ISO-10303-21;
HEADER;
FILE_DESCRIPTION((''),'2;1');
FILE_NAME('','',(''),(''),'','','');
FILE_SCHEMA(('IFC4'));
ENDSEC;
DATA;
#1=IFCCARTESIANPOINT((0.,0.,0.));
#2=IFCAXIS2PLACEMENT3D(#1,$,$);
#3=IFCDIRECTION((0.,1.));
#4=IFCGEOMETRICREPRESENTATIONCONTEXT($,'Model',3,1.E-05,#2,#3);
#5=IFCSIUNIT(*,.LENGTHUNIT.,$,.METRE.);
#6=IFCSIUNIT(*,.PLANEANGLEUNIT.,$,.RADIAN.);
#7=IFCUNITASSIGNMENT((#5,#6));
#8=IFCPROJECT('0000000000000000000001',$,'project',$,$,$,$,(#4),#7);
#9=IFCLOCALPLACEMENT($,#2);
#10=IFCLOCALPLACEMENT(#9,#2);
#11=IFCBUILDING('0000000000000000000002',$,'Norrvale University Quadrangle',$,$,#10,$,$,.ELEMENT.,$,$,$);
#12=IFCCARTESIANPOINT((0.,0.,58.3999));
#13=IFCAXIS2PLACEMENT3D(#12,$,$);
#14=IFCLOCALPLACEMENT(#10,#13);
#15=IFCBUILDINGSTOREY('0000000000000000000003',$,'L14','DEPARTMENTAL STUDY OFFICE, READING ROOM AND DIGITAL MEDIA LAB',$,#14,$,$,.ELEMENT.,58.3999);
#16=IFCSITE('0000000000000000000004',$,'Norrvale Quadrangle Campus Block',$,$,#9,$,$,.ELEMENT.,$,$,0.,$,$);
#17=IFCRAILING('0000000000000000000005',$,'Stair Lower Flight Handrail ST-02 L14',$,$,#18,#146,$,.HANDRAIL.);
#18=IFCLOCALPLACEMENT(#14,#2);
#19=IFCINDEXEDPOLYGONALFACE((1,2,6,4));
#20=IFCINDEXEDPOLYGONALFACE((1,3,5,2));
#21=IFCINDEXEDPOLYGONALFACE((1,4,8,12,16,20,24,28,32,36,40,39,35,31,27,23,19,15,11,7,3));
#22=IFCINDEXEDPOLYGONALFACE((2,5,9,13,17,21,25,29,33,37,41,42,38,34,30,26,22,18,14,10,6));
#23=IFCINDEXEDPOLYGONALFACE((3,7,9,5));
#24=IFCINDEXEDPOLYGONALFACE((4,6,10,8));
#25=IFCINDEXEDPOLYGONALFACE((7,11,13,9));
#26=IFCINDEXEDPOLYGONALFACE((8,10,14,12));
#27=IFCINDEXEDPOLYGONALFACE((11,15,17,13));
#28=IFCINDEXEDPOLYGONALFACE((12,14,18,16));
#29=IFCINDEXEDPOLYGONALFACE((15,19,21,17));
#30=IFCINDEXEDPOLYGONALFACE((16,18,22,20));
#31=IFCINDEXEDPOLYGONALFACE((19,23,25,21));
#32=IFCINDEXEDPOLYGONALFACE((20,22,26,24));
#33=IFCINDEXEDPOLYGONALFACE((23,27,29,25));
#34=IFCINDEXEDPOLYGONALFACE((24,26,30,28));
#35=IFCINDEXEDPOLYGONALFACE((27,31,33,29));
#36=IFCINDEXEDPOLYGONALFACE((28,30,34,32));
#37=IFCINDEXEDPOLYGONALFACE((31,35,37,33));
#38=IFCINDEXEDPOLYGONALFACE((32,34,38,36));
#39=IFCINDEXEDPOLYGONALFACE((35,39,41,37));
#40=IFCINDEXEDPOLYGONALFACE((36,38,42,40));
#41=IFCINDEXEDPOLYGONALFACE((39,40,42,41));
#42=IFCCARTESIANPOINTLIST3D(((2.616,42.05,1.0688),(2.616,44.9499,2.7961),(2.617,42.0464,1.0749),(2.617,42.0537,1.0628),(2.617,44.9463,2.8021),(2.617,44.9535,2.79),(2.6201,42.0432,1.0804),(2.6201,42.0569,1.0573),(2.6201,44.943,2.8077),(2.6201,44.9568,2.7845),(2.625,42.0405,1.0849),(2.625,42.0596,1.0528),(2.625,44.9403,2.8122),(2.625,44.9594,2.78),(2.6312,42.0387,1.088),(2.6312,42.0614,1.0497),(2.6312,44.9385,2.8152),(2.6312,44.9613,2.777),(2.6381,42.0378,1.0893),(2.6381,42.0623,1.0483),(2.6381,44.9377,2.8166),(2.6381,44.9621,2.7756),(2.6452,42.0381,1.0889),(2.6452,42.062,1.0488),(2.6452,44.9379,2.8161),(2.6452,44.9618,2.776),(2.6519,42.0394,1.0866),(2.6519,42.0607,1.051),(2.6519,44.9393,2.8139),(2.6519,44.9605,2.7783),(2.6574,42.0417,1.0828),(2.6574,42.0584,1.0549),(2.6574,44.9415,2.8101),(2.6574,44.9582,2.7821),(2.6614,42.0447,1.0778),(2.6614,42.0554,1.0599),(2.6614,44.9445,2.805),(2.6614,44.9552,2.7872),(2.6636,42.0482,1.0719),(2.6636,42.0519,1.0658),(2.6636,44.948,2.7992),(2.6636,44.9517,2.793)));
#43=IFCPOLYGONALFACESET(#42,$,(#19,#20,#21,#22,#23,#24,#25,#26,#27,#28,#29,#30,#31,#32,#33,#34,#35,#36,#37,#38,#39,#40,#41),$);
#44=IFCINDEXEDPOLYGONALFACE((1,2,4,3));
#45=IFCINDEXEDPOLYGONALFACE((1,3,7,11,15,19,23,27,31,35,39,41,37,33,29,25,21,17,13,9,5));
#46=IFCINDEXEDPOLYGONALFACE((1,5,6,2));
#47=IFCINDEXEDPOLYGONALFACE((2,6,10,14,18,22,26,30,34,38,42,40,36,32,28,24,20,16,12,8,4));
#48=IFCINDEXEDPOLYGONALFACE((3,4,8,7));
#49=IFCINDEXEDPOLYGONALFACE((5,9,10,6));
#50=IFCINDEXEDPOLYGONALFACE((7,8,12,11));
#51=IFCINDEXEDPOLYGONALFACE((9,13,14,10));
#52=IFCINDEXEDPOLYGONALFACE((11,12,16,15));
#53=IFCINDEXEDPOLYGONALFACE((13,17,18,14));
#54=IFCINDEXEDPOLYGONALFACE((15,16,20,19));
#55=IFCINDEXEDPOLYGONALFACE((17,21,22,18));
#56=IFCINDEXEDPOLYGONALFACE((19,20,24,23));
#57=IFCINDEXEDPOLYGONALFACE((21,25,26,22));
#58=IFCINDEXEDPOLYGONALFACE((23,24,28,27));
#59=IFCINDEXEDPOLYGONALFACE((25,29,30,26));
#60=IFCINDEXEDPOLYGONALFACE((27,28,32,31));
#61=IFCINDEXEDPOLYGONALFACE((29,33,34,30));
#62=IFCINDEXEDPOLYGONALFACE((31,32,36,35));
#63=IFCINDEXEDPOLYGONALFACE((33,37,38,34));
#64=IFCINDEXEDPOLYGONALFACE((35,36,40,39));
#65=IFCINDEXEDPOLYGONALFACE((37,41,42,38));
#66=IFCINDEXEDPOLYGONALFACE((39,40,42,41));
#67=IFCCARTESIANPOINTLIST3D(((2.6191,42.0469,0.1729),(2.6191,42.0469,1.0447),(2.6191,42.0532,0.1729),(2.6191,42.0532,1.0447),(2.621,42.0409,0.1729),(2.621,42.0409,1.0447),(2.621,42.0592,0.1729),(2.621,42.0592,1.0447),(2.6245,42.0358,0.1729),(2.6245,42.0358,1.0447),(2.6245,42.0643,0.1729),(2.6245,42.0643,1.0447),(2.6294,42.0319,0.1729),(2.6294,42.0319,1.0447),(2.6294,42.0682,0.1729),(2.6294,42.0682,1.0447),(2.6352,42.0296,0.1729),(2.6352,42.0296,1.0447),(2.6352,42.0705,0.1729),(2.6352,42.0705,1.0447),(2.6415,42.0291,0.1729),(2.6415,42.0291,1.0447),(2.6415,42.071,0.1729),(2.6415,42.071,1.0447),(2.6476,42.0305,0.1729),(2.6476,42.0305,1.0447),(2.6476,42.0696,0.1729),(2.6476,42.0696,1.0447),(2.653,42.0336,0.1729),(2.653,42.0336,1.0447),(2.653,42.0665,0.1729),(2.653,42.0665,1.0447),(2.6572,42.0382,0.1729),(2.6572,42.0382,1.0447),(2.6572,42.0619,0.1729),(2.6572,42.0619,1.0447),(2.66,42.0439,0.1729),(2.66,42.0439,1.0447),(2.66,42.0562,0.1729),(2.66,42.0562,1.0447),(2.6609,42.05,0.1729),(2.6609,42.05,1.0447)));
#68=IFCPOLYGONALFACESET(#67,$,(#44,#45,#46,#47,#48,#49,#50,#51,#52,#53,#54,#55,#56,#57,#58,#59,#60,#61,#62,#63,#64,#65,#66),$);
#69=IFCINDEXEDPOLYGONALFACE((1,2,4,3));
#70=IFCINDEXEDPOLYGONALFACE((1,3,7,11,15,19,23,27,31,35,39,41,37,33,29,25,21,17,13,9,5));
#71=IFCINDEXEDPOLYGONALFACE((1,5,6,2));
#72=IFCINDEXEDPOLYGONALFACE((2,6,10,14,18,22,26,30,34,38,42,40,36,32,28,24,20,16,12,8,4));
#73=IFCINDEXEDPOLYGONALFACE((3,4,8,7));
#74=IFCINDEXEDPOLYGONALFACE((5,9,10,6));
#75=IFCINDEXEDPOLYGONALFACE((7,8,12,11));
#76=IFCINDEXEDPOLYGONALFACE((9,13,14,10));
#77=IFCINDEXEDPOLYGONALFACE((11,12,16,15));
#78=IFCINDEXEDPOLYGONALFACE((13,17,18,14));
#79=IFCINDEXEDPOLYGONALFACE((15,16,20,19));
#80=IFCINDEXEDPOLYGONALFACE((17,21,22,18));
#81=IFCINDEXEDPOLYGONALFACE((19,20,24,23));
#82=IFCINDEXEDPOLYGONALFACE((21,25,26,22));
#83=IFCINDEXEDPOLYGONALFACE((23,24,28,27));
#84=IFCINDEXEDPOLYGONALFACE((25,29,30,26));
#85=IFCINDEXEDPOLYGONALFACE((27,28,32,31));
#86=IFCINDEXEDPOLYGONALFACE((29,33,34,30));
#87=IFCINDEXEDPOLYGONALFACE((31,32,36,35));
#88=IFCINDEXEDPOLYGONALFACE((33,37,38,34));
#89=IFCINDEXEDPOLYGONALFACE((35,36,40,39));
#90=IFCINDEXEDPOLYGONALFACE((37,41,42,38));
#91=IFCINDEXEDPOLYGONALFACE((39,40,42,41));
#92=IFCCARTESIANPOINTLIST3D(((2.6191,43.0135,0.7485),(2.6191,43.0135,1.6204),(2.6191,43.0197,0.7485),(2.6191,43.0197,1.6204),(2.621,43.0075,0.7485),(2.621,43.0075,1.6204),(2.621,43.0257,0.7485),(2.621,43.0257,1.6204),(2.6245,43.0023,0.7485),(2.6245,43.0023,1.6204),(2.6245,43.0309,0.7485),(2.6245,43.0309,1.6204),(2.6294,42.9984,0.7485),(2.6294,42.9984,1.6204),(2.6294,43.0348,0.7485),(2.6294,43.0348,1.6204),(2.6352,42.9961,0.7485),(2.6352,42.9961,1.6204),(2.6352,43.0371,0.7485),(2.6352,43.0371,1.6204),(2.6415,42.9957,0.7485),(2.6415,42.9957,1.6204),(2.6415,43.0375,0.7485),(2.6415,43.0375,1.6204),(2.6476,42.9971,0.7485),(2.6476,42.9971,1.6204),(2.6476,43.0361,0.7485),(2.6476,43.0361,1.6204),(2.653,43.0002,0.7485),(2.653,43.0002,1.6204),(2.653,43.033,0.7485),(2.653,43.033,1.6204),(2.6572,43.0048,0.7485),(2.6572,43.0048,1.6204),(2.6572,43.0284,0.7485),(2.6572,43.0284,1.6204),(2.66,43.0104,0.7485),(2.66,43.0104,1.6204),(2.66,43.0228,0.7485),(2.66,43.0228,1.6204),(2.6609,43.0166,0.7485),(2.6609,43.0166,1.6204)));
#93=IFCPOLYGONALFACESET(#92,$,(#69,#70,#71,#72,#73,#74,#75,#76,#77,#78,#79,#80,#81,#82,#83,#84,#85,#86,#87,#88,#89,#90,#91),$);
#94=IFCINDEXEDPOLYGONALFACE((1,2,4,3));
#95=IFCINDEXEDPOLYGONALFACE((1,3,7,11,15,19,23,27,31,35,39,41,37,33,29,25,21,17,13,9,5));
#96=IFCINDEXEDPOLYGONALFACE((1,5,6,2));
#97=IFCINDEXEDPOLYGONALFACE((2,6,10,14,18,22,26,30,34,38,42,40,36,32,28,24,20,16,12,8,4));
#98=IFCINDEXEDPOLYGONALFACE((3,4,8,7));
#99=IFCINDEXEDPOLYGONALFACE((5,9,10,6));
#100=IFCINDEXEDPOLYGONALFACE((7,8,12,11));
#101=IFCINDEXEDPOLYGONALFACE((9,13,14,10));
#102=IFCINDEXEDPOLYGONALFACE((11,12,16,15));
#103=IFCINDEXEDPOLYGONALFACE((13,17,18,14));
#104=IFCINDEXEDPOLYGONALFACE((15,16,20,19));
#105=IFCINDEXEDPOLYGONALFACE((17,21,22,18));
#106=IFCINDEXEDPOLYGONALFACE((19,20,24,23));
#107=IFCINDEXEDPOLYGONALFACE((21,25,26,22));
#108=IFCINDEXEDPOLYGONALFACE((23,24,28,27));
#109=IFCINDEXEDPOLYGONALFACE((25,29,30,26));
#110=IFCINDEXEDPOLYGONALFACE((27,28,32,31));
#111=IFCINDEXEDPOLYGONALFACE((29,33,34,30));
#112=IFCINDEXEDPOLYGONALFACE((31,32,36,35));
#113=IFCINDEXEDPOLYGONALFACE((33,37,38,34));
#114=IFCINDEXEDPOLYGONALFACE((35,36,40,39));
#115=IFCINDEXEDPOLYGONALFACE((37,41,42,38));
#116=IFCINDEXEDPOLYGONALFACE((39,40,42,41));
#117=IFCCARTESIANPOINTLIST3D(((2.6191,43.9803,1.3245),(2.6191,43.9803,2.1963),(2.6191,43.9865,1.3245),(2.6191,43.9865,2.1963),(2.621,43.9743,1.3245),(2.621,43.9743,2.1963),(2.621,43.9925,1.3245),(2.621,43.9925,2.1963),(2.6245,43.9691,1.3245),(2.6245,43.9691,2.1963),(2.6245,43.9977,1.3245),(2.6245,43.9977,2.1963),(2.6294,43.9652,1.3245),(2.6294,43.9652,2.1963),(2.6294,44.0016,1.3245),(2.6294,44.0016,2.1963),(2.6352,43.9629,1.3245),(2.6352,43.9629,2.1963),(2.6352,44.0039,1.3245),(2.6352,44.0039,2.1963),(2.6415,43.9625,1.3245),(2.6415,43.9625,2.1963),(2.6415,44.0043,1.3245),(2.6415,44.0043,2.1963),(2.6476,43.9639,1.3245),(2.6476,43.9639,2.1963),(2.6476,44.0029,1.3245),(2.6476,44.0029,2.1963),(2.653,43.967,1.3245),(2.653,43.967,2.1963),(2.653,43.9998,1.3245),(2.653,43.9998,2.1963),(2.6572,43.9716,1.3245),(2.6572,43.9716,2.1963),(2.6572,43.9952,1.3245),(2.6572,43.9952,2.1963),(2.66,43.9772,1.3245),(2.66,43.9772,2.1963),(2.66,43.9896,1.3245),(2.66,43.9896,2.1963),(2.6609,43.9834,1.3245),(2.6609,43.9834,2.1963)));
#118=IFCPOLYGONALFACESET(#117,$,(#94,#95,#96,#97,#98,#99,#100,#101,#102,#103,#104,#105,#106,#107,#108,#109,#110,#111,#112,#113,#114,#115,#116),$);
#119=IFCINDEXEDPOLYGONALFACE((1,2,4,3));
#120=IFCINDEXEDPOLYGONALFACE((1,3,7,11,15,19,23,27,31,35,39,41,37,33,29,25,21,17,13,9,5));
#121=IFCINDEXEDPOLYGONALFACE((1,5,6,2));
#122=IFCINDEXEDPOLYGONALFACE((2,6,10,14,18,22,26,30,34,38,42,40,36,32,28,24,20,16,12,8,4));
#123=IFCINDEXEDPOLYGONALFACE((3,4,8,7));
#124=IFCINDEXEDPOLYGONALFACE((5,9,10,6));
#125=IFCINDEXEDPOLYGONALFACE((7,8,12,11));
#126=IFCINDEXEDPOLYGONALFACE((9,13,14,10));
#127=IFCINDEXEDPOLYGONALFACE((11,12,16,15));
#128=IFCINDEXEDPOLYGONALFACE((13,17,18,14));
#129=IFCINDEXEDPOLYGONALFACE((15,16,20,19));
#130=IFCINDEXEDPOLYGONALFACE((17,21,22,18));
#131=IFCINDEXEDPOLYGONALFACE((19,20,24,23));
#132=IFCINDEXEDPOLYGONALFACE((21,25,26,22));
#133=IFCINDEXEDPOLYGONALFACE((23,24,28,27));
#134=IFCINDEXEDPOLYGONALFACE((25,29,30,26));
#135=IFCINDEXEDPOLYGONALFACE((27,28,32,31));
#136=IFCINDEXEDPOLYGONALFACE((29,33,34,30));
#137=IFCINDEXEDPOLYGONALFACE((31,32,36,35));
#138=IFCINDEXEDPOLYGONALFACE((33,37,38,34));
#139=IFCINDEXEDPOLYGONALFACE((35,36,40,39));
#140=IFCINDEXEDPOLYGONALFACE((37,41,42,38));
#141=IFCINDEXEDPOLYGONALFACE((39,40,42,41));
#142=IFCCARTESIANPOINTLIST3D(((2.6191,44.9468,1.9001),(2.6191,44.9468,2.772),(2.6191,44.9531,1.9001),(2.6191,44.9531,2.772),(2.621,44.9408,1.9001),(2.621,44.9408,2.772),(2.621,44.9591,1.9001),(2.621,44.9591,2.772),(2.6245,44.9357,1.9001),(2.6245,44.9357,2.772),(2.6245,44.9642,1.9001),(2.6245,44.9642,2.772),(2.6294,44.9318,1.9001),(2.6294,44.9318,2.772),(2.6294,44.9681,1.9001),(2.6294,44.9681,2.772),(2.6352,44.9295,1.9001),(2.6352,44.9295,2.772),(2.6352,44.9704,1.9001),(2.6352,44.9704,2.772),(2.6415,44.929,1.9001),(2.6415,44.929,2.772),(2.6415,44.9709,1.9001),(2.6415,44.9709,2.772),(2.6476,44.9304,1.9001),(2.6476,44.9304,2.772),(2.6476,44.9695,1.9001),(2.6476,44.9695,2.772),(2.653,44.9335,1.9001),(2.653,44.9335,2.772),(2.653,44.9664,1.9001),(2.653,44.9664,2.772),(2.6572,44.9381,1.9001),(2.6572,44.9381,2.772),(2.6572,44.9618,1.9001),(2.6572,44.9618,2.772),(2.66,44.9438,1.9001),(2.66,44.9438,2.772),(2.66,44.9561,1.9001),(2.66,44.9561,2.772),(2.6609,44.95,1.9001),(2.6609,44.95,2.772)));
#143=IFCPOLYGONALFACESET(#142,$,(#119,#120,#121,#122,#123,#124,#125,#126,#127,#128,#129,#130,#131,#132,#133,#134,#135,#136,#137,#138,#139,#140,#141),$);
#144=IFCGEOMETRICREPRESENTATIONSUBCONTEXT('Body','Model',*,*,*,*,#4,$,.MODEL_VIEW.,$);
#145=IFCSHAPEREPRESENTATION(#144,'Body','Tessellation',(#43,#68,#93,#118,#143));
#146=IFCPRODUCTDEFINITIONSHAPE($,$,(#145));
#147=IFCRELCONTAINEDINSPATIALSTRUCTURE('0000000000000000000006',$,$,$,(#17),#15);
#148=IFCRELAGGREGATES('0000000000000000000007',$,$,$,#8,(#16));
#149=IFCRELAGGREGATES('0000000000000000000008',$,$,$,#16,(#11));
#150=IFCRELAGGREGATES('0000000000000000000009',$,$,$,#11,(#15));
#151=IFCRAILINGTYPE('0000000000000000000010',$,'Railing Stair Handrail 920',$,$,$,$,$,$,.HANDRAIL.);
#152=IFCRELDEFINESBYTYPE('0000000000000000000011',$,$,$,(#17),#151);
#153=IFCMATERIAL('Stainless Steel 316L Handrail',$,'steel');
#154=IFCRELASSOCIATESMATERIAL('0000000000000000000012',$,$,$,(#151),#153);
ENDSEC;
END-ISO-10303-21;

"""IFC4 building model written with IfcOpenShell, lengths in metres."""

from ifc_helpers import new_model, si_unit, direction, frame, origin, origin_2d, place, context, subcontext, project, spatial, circle, extrude, material, type_object, element, save


model = new_model("IFC4")

# Units and contexts
model_context = context("Model", 3, precision=1e-05, world=origin(), true_north=direction((0.0, 1.0)))
body_context = subcontext(model_context, "Body", "Model", "MODEL_VIEW")
ifc_project = project(units=[si_unit("LENGTHUNIT", "METRE"), si_unit("PLANEANGLEUNIT", "RADIAN")], contexts=[model_context])

# Site, building, storey
site_placement = place(None, origin())
site = spatial("IfcSite", under=ifc_project, at=site_placement, Name="Norrvale Quadrangle Campus Block", CompositionType="ELEMENT", RefElevation=0.0)
building_placement = place(site_placement, origin())
building = spatial("IfcBuilding", under=site, at=building_placement, Name="Norrvale University Quadrangle", CompositionType="ELEMENT")
storey_placement = place(building_placement, frame((0.0, 0.0, 58.3999)))
storey = spatial("IfcBuildingStorey", under=building, at=storey_placement, Name="L14", Description="DEPARTMENTAL STUDY OFFICE, READING ROOM AND DIGITAL MEDIA LAB", CompositionType="ELEMENT", Elevation=58.3999)

# Railing
ifc_material_1 = material(Name="Stainless Steel 316L Handrail", Category="steel")
railing_type_1 = type_object("IfcRailingType", Name="Railing Stair Handrail 920", PredefinedType="HANDRAIL", material=ifc_material_1)
railing_1_placement = place(storey_placement, frame((2.6399, 42.05, 0.1729)))
element("IfcRailing", 1, at=railing_1_placement, inside=storey, type_object=railing_type_1, Name="Stair Lower Flight Handrail ST-02 L14", PredefinedType="HANDRAIL", context=body_context, shape_type="SweptSolid", body=[
    extrude(circle(Radius=0.0239, at=origin_2d()), frame((0.0, 0.0, 0.896), z_axis=(0.0, 0.859141, 0.511738), x_axis=(-1.0, 0.0, 0.0)), (0.0, 0.0, 1.0), 3.3752),
    extrude(circle(Radius=0.021, at=origin_2d()), origin(), (0.0, 0.0, 1.0), 0.8718),
    extrude(circle(Radius=0.021, at=origin_2d()), frame((0.0, 0.9666, 0.5757)), (0.0, 0.0, 1.0), 0.8718),
    extrude(circle(Radius=0.021, at=origin_2d()), frame((0.0, 1.9333, 1.1516)), (0.0, 0.0, 1.0), 0.8718),
    extrude(circle(Radius=0.021, at=origin_2d()), frame((0.0, 2.8999, 1.7273)), (0.0, 0.0, 1.0), 0.8718),
])

save(model, "model.ifc")
